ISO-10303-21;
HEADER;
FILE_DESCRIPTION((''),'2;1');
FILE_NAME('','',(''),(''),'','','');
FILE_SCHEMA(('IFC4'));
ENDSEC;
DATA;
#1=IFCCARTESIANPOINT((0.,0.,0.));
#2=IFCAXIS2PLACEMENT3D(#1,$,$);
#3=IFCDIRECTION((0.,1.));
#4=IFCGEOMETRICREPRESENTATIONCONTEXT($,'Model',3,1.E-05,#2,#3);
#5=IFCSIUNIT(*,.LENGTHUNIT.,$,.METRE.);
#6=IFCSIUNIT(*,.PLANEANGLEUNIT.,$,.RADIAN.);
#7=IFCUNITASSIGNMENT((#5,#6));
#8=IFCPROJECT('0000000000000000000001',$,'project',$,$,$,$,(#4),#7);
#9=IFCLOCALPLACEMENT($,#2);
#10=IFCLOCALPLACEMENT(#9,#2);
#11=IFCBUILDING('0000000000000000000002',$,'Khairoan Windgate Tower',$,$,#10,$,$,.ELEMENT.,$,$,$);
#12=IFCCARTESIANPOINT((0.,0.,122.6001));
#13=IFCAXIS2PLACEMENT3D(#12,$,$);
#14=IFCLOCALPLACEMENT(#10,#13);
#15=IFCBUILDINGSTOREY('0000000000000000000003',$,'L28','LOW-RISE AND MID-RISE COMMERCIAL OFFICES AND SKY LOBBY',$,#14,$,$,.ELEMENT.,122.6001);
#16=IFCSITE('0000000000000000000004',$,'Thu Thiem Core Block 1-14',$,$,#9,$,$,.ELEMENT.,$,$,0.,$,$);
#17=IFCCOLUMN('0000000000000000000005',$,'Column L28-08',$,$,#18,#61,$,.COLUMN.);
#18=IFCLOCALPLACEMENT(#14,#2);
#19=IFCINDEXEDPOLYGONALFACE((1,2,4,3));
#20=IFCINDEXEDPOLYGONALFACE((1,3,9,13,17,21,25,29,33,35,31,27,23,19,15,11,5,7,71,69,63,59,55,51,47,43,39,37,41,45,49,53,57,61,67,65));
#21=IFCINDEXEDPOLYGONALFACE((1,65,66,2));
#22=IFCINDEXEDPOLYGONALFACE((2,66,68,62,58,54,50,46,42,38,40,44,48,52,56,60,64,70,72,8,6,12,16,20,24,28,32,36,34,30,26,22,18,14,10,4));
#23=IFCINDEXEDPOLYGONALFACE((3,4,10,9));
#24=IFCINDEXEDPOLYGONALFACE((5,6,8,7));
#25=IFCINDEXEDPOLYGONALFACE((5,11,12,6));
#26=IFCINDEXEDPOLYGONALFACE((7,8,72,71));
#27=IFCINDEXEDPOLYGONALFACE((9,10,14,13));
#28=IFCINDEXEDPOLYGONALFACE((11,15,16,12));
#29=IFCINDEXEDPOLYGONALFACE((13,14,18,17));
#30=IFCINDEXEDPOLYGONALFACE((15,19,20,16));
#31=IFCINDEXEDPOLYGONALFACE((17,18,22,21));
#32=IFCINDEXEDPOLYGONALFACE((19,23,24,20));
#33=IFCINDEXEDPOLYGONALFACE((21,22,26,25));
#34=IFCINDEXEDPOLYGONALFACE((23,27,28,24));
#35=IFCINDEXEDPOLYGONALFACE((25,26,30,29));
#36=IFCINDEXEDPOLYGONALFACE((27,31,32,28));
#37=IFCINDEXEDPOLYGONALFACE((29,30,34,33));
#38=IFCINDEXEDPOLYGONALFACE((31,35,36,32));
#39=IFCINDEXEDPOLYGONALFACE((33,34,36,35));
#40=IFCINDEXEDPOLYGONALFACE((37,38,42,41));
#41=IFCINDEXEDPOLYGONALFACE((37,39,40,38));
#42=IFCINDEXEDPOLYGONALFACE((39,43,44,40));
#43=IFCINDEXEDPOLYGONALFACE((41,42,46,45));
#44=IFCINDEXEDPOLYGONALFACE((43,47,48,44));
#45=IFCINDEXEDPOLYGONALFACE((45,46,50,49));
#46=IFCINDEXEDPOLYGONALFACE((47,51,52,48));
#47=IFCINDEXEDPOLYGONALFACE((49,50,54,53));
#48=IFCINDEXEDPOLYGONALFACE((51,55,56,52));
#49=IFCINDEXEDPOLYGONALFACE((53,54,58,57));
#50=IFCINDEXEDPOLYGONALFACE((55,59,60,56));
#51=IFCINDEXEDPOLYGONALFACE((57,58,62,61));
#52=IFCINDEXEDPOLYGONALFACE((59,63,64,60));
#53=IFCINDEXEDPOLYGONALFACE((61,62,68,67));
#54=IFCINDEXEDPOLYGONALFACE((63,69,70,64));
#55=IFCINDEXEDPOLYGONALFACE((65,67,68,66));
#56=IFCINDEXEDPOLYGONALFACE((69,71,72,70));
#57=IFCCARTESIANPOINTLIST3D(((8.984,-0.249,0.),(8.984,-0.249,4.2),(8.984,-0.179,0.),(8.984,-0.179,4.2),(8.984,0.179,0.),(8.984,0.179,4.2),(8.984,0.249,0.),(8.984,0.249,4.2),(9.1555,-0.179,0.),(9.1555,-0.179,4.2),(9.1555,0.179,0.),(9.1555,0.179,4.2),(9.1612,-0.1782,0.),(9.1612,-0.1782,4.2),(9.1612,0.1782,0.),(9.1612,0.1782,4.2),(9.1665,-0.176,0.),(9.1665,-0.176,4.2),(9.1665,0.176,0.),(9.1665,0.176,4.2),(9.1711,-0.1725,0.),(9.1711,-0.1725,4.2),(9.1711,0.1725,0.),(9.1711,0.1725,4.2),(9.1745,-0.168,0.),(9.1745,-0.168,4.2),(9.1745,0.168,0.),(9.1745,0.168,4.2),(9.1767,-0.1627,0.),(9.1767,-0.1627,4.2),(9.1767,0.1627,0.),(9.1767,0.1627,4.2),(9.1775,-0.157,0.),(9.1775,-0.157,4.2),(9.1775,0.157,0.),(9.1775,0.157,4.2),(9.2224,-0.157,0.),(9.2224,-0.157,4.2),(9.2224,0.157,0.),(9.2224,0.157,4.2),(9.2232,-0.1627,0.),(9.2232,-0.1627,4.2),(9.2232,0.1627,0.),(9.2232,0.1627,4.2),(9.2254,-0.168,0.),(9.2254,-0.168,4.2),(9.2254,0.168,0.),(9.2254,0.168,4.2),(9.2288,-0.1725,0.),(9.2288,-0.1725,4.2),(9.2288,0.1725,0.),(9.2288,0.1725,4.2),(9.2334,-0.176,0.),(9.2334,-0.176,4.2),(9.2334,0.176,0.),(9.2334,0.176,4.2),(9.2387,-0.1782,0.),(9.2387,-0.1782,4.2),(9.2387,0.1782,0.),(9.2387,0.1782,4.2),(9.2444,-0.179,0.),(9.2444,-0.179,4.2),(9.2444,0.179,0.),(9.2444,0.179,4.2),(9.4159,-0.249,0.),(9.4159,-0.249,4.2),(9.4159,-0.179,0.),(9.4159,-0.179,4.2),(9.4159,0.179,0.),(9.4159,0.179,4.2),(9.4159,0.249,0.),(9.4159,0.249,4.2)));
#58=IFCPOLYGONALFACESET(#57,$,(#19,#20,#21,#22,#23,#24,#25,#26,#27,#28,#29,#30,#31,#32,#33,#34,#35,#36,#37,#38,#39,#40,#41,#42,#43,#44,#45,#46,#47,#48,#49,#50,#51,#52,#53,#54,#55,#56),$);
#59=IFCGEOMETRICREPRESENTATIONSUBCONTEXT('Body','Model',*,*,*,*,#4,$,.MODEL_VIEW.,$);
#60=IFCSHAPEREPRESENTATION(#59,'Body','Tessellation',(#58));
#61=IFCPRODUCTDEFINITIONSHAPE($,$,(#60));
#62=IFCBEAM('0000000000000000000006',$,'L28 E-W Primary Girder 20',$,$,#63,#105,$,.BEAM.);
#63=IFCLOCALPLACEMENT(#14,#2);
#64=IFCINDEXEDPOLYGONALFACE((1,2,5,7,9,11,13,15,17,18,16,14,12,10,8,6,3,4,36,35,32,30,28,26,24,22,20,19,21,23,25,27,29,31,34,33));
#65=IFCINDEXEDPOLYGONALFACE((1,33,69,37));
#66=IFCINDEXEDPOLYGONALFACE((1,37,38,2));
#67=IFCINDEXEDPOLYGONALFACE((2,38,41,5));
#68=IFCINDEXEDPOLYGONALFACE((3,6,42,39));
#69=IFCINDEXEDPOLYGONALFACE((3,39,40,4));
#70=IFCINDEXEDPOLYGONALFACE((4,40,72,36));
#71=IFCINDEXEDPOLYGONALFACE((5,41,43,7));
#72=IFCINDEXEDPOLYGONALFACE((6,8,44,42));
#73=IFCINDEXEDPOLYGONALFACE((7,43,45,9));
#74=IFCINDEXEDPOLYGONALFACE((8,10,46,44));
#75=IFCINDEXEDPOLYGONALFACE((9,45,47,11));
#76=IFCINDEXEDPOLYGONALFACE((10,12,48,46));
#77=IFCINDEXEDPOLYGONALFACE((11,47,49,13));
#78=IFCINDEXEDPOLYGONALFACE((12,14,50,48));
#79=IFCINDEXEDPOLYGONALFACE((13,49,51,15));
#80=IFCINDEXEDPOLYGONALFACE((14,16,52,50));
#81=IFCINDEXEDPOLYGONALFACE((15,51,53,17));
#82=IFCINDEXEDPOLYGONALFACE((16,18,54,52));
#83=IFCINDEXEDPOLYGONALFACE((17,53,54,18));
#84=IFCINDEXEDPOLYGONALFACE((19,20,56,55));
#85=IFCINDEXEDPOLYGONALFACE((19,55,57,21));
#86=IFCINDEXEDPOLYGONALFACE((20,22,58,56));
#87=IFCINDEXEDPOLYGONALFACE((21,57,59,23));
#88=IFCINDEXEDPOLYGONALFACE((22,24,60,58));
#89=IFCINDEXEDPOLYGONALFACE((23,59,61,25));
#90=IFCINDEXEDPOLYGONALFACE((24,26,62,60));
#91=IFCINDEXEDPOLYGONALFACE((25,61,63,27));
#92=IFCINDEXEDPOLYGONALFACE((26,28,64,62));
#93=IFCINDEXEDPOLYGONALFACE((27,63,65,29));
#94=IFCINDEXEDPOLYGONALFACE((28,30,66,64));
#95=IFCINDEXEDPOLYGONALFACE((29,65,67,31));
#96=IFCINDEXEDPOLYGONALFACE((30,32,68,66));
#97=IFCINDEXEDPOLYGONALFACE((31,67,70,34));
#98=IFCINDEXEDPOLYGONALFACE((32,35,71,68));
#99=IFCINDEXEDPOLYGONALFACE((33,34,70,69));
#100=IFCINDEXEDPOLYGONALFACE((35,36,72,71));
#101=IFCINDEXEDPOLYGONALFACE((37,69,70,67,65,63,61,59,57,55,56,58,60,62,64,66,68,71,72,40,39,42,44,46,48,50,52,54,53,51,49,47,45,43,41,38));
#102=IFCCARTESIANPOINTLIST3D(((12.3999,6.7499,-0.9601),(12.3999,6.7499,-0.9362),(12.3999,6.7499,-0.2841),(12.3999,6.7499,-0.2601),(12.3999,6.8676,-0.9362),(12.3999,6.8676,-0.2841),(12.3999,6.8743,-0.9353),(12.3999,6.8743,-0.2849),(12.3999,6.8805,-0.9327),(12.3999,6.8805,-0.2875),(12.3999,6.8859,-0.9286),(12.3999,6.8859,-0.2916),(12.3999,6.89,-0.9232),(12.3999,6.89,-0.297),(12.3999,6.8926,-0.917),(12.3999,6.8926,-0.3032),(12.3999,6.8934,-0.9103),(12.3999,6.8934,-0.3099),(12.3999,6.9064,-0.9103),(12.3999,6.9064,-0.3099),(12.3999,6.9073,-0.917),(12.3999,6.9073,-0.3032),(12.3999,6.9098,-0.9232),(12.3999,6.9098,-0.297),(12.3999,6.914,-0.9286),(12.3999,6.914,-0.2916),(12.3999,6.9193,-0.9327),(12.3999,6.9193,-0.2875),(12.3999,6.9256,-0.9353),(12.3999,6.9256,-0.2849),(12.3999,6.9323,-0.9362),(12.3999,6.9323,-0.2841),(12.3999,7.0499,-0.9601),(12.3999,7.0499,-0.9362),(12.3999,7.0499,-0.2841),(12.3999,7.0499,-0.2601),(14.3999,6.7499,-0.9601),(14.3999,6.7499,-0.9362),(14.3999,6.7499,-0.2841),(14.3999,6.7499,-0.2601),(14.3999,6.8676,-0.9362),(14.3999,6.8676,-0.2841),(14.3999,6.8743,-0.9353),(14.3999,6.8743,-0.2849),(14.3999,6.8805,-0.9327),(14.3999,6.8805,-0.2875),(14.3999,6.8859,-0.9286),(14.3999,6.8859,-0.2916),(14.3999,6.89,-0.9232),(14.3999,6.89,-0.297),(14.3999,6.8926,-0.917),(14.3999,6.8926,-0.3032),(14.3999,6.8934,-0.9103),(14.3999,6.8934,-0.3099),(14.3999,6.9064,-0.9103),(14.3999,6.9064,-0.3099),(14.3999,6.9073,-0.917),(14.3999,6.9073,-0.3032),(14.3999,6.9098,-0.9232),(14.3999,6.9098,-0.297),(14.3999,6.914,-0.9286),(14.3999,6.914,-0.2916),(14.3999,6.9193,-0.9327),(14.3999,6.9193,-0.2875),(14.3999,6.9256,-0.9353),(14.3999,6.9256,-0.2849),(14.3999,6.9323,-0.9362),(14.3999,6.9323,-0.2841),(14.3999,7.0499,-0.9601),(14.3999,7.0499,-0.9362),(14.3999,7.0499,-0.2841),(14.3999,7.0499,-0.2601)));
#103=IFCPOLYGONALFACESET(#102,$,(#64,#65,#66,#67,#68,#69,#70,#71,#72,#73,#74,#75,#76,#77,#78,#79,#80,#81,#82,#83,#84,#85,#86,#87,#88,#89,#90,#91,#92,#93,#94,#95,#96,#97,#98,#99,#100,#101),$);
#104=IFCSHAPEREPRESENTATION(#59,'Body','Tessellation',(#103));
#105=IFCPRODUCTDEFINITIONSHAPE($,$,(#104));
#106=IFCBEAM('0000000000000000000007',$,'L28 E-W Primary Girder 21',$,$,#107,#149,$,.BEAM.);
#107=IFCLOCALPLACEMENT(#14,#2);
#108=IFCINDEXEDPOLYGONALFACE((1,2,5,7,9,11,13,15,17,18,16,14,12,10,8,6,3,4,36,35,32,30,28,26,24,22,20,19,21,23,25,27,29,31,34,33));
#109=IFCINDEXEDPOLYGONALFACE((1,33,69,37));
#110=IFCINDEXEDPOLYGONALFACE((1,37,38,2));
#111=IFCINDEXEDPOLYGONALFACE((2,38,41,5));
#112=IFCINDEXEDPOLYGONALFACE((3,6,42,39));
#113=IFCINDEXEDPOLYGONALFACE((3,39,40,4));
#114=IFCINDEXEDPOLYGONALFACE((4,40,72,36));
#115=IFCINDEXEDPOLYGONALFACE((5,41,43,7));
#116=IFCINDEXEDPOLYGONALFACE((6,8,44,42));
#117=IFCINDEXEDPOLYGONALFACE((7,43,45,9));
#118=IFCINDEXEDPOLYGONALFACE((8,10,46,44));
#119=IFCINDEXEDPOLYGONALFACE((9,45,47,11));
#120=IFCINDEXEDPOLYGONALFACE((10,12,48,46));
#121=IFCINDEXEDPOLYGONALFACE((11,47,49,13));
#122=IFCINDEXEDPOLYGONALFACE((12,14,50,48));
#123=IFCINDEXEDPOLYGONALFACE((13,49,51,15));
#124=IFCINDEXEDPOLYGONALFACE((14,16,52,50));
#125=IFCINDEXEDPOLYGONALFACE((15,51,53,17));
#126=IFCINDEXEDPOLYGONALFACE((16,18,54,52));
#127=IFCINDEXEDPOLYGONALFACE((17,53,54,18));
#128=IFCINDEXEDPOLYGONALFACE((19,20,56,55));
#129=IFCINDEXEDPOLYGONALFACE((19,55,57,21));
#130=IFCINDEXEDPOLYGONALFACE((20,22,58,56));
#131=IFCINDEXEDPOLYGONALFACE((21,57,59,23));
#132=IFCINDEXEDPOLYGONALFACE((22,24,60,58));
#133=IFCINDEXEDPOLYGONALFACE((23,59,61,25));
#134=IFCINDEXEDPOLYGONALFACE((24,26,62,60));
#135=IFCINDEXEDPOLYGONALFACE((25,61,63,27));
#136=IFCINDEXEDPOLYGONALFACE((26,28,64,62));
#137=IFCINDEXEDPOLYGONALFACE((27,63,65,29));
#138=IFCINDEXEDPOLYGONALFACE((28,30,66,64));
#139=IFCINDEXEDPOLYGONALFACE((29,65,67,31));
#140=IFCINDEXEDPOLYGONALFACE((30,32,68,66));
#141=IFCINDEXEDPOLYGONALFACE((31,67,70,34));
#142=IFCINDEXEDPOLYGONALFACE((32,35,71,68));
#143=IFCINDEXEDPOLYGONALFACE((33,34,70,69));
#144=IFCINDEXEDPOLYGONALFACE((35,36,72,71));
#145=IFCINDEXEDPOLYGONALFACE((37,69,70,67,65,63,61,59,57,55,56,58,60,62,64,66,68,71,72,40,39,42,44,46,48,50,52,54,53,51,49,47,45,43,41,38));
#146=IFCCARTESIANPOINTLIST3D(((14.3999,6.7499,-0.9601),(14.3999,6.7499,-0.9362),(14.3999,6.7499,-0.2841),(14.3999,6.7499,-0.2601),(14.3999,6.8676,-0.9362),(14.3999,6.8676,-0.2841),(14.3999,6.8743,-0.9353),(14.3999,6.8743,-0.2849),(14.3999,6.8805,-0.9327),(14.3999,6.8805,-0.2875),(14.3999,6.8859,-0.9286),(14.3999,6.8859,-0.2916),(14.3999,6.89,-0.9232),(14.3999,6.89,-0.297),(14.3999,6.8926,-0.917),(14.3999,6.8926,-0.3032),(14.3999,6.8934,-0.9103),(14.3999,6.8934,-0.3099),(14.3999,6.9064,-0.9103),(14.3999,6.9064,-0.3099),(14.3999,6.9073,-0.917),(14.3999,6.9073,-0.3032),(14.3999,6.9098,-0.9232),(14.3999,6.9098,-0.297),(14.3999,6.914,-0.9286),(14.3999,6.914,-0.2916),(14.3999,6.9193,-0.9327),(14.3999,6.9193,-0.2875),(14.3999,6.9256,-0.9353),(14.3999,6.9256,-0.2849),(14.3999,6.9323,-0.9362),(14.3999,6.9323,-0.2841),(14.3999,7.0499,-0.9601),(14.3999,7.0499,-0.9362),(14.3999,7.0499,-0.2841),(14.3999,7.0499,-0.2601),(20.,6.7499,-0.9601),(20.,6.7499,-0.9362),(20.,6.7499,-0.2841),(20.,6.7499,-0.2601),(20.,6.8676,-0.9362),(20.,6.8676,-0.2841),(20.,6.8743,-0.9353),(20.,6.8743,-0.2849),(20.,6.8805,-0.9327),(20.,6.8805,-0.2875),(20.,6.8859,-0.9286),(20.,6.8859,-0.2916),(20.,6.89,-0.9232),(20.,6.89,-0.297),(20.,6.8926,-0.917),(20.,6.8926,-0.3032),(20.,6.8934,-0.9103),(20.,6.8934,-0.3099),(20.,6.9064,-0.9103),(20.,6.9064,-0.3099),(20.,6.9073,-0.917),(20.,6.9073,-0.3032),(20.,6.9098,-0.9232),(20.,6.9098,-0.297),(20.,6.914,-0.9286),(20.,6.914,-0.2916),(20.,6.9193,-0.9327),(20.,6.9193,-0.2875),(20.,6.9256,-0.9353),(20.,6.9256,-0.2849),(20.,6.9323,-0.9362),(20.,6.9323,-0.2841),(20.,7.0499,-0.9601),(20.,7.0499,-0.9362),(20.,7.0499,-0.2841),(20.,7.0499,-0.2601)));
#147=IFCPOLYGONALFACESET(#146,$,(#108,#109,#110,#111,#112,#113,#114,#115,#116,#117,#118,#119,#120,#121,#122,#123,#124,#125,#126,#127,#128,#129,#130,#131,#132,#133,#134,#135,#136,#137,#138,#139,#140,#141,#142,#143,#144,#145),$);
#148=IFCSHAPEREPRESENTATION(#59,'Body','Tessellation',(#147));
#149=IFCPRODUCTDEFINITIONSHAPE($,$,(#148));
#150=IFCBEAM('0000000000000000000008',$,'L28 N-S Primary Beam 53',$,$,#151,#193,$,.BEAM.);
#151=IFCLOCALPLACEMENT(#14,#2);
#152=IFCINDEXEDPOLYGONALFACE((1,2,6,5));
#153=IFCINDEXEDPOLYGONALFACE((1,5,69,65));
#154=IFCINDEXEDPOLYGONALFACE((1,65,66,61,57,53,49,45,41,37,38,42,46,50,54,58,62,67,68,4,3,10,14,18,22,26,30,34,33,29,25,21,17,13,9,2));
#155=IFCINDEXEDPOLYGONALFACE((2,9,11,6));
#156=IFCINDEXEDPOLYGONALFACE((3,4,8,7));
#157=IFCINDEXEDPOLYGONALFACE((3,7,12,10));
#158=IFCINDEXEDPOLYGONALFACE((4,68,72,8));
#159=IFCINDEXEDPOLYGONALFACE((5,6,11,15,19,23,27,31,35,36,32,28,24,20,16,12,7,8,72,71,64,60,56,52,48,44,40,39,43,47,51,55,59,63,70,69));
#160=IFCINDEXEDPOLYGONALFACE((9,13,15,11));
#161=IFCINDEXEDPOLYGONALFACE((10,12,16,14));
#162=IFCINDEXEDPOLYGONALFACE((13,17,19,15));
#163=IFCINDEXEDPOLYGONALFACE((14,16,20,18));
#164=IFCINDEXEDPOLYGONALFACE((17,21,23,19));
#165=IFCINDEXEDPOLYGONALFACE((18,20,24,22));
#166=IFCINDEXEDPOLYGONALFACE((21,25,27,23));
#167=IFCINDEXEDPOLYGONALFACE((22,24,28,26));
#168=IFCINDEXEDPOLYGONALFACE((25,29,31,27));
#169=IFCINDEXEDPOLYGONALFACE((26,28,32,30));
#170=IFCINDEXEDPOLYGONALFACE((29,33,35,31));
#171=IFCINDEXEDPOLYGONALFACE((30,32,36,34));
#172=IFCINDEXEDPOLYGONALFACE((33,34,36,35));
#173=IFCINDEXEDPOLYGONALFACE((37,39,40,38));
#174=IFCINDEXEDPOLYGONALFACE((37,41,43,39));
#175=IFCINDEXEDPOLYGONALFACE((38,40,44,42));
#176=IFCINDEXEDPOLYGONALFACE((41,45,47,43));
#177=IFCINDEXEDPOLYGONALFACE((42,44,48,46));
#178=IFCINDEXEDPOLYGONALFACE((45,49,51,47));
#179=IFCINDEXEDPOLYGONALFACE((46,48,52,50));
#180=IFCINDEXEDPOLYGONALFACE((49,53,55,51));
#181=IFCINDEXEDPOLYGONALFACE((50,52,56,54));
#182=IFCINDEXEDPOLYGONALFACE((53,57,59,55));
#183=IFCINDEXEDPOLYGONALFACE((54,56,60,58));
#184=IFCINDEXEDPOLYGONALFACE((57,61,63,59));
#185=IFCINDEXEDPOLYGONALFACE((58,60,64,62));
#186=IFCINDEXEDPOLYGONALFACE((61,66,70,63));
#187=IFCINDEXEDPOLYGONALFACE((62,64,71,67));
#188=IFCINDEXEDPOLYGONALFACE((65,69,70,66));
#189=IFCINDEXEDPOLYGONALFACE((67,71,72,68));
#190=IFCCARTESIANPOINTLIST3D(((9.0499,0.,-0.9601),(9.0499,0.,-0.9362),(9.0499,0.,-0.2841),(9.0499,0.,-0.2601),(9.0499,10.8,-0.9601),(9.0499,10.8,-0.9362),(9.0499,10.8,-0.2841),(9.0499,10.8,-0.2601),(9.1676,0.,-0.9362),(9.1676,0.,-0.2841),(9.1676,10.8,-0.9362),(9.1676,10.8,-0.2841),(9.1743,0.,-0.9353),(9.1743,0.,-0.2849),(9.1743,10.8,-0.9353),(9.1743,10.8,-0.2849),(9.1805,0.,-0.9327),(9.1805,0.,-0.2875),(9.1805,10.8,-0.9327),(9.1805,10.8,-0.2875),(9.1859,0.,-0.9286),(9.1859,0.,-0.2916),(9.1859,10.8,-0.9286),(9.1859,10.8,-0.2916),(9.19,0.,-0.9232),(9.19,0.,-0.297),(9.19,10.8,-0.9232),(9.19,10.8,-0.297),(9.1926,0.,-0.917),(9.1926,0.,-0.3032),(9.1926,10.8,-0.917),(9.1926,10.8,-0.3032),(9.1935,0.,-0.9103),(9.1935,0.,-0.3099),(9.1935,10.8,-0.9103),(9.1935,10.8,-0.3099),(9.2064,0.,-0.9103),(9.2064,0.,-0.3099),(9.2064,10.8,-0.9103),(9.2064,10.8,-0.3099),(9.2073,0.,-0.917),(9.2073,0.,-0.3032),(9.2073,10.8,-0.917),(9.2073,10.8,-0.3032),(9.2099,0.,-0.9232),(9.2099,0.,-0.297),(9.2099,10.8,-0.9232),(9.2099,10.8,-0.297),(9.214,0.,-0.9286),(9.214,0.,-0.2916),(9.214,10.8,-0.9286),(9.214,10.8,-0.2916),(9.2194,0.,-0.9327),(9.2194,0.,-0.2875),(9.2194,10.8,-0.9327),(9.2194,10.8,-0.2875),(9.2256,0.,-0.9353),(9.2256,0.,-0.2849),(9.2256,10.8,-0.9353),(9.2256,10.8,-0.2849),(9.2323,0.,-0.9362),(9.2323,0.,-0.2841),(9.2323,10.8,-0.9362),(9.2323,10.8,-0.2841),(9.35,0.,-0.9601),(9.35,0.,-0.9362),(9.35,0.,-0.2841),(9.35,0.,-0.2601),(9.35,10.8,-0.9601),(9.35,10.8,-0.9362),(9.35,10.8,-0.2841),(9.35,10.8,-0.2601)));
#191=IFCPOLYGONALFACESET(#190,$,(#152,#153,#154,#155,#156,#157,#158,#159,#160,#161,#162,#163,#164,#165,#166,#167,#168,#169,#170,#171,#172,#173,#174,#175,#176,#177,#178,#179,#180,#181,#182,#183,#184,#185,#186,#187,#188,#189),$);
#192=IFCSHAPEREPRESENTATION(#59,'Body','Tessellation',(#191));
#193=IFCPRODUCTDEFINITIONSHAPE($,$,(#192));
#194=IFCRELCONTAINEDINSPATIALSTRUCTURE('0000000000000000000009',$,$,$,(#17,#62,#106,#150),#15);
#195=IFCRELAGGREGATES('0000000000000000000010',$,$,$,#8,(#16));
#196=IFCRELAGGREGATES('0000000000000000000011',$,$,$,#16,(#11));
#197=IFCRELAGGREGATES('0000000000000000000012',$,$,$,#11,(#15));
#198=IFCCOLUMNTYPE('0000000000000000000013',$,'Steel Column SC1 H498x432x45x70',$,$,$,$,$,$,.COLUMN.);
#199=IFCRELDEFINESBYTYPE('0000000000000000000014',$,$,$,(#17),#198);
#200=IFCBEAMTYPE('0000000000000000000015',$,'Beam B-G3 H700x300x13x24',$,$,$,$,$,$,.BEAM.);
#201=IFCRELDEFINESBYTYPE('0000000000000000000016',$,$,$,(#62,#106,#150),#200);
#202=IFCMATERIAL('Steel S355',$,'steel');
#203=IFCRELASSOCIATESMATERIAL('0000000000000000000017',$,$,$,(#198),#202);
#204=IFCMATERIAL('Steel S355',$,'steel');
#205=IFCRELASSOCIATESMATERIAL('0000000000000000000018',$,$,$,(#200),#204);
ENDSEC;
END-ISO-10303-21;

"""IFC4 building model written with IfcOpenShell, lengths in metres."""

from ifc_helpers import new_model, si_unit, direction, frame, origin, origin_2d, place, context, subcontext, project, spatial, i_section, extrude, material, material_profile, profile_set, type_object, element, save


model = new_model("IFC4")

# Units and contexts
model_context = context("Model", 3, precision=1e-05, world=origin(), true_north=direction((0.0, 1.0)))
body_context = subcontext(model_context, "Body", "Model", "MODEL_VIEW")
ifc_project = project(units=[si_unit("LENGTHUNIT", "METRE"), si_unit("PLANEANGLEUNIT", "RADIAN")], contexts=[model_context])

# Site, building, storey
site_placement = place(None, origin())
site = spatial("IfcSite", under=ifc_project, at=site_placement, Name="Thu Thiem Core Block 1-14", CompositionType="ELEMENT", RefElevation=0.0)
building_placement = place(site_placement, origin())
building = spatial("IfcBuilding", under=site, at=building_placement, Name="Khairoan Windgate Tower", CompositionType="ELEMENT")
storey_placement = place(building_placement, frame((0.0, 0.0, 122.6001)))
storey = spatial("IfcBuildingStorey", under=building, at=storey_placement, Name="L28", Description="LOW-RISE AND MID-RISE COMMERCIAL OFFICES AND SKY LOBBY", CompositionType="ELEMENT", Elevation=122.6001)

# Column
ifc_material_1 = material(Name="Steel S355", Category="steel")
ifc_material_profile_1 = material_profile(ifc_material_1, i_section(OverallWidth=0.4319, OverallDepth=0.498, WebThickness=0.0449, FlangeThickness=0.0701, FilletRadius=0.022, at=origin_2d()))
ifc_profile_set_1 = profile_set([ifc_material_profile_1], Name="Steel S355")
column_type = type_object("IfcColumnType", Name="Steel Column SC1 H498x432x45x70", PredefinedType="COLUMN", material=ifc_profile_set_1)
column_placement = place(storey_placement, frame((9.2, 0.0, 0.0), z_axis=(0.0, 0.0, 1.0), x_axis=(1.0, 0.0, 0.0)))
element("IfcColumn", 1, at=column_placement, inside=storey, type_object=column_type, Name="Column L28-08", PredefinedType="COLUMN", context=body_context, shape_type="SweptSolid", body=[
    extrude(i_section(OverallWidth=0.4319, OverallDepth=0.498, WebThickness=0.0449, FlangeThickness=0.0701, FilletRadius=0.022, at=origin_2d()), origin(), (0.0, 0.0, 1.0), 4.2),
])

# Beams
ifc_material_2 = material(Name="Steel S355", Category="steel")
ifc_material_profile_2 = material_profile(ifc_material_2, i_section(OverallWidth=0.3, OverallDepth=0.7, WebThickness=0.0129, FlangeThickness=0.0239, FilletRadius=0.0259, at=origin_2d()))
ifc_profile_set_2 = profile_set([ifc_material_profile_2], Name="Steel S355")
beam_type_1 = type_object("IfcBeamType", Name="Beam B-G3 H700x300x13x24", PredefinedType="BEAM", material=ifc_profile_set_2)
beam_1_placement = place(storey_placement, frame((12.3999, 6.8999, -0.6101), z_axis=(1.0, 0.0, 0.0), x_axis=(0.0, 1.0, 0.0)))
element("IfcBeam", 2, at=beam_1_placement, inside=storey, type_object=beam_type_1, Name="L28 E-W Primary Girder 20", PredefinedType="BEAM", context=body_context, shape_type="SweptSolid", body=[
    extrude(i_section(OverallWidth=0.3, OverallDepth=0.7, WebThickness=0.0129, FlangeThickness=0.0239, FilletRadius=0.0259, at=origin_2d()), origin(), (0.0, 0.0, 1.0), 2.0),
])
beam_2_placement = place(storey_placement, frame((14.3999, 6.8999, -0.6101), z_axis=(1.0, 0.0, 0.0), x_axis=(0.0, 1.0, 0.0)))
element("IfcBeam", 3, at=beam_2_placement, inside=storey, type_object=beam_type_1, Name="L28 E-W Primary Girder 21", PredefinedType="BEAM", context=body_context, shape_type="SweptSolid", body=[
    extrude(i_section(OverallWidth=0.3, OverallDepth=0.7, WebThickness=0.0129, FlangeThickness=0.0239, FilletRadius=0.0259, at=origin_2d()), origin(), (0.0, 0.0, 1.0), 5.6001),
])
beam_3_placement = place(storey_placement, frame((9.2, 0.0, -0.6101), z_axis=(0.0, 1.0, 0.0), x_axis=(-1.0, 0.0, 0.0)))
element("IfcBeam", 4, at=beam_3_placement, inside=storey, type_object=beam_type_1, Name="L28 N-S Primary Beam 53", PredefinedType="BEAM", context=body_context, shape_type="SweptSolid", body=[
    extrude(i_section(OverallWidth=0.3, OverallDepth=0.7, WebThickness=0.0129, FlangeThickness=0.0239, FilletRadius=0.0259, at=origin_2d()), origin(), (0.0, 0.0, 1.0), 10.8),
])

save(model, "model.ifc")
